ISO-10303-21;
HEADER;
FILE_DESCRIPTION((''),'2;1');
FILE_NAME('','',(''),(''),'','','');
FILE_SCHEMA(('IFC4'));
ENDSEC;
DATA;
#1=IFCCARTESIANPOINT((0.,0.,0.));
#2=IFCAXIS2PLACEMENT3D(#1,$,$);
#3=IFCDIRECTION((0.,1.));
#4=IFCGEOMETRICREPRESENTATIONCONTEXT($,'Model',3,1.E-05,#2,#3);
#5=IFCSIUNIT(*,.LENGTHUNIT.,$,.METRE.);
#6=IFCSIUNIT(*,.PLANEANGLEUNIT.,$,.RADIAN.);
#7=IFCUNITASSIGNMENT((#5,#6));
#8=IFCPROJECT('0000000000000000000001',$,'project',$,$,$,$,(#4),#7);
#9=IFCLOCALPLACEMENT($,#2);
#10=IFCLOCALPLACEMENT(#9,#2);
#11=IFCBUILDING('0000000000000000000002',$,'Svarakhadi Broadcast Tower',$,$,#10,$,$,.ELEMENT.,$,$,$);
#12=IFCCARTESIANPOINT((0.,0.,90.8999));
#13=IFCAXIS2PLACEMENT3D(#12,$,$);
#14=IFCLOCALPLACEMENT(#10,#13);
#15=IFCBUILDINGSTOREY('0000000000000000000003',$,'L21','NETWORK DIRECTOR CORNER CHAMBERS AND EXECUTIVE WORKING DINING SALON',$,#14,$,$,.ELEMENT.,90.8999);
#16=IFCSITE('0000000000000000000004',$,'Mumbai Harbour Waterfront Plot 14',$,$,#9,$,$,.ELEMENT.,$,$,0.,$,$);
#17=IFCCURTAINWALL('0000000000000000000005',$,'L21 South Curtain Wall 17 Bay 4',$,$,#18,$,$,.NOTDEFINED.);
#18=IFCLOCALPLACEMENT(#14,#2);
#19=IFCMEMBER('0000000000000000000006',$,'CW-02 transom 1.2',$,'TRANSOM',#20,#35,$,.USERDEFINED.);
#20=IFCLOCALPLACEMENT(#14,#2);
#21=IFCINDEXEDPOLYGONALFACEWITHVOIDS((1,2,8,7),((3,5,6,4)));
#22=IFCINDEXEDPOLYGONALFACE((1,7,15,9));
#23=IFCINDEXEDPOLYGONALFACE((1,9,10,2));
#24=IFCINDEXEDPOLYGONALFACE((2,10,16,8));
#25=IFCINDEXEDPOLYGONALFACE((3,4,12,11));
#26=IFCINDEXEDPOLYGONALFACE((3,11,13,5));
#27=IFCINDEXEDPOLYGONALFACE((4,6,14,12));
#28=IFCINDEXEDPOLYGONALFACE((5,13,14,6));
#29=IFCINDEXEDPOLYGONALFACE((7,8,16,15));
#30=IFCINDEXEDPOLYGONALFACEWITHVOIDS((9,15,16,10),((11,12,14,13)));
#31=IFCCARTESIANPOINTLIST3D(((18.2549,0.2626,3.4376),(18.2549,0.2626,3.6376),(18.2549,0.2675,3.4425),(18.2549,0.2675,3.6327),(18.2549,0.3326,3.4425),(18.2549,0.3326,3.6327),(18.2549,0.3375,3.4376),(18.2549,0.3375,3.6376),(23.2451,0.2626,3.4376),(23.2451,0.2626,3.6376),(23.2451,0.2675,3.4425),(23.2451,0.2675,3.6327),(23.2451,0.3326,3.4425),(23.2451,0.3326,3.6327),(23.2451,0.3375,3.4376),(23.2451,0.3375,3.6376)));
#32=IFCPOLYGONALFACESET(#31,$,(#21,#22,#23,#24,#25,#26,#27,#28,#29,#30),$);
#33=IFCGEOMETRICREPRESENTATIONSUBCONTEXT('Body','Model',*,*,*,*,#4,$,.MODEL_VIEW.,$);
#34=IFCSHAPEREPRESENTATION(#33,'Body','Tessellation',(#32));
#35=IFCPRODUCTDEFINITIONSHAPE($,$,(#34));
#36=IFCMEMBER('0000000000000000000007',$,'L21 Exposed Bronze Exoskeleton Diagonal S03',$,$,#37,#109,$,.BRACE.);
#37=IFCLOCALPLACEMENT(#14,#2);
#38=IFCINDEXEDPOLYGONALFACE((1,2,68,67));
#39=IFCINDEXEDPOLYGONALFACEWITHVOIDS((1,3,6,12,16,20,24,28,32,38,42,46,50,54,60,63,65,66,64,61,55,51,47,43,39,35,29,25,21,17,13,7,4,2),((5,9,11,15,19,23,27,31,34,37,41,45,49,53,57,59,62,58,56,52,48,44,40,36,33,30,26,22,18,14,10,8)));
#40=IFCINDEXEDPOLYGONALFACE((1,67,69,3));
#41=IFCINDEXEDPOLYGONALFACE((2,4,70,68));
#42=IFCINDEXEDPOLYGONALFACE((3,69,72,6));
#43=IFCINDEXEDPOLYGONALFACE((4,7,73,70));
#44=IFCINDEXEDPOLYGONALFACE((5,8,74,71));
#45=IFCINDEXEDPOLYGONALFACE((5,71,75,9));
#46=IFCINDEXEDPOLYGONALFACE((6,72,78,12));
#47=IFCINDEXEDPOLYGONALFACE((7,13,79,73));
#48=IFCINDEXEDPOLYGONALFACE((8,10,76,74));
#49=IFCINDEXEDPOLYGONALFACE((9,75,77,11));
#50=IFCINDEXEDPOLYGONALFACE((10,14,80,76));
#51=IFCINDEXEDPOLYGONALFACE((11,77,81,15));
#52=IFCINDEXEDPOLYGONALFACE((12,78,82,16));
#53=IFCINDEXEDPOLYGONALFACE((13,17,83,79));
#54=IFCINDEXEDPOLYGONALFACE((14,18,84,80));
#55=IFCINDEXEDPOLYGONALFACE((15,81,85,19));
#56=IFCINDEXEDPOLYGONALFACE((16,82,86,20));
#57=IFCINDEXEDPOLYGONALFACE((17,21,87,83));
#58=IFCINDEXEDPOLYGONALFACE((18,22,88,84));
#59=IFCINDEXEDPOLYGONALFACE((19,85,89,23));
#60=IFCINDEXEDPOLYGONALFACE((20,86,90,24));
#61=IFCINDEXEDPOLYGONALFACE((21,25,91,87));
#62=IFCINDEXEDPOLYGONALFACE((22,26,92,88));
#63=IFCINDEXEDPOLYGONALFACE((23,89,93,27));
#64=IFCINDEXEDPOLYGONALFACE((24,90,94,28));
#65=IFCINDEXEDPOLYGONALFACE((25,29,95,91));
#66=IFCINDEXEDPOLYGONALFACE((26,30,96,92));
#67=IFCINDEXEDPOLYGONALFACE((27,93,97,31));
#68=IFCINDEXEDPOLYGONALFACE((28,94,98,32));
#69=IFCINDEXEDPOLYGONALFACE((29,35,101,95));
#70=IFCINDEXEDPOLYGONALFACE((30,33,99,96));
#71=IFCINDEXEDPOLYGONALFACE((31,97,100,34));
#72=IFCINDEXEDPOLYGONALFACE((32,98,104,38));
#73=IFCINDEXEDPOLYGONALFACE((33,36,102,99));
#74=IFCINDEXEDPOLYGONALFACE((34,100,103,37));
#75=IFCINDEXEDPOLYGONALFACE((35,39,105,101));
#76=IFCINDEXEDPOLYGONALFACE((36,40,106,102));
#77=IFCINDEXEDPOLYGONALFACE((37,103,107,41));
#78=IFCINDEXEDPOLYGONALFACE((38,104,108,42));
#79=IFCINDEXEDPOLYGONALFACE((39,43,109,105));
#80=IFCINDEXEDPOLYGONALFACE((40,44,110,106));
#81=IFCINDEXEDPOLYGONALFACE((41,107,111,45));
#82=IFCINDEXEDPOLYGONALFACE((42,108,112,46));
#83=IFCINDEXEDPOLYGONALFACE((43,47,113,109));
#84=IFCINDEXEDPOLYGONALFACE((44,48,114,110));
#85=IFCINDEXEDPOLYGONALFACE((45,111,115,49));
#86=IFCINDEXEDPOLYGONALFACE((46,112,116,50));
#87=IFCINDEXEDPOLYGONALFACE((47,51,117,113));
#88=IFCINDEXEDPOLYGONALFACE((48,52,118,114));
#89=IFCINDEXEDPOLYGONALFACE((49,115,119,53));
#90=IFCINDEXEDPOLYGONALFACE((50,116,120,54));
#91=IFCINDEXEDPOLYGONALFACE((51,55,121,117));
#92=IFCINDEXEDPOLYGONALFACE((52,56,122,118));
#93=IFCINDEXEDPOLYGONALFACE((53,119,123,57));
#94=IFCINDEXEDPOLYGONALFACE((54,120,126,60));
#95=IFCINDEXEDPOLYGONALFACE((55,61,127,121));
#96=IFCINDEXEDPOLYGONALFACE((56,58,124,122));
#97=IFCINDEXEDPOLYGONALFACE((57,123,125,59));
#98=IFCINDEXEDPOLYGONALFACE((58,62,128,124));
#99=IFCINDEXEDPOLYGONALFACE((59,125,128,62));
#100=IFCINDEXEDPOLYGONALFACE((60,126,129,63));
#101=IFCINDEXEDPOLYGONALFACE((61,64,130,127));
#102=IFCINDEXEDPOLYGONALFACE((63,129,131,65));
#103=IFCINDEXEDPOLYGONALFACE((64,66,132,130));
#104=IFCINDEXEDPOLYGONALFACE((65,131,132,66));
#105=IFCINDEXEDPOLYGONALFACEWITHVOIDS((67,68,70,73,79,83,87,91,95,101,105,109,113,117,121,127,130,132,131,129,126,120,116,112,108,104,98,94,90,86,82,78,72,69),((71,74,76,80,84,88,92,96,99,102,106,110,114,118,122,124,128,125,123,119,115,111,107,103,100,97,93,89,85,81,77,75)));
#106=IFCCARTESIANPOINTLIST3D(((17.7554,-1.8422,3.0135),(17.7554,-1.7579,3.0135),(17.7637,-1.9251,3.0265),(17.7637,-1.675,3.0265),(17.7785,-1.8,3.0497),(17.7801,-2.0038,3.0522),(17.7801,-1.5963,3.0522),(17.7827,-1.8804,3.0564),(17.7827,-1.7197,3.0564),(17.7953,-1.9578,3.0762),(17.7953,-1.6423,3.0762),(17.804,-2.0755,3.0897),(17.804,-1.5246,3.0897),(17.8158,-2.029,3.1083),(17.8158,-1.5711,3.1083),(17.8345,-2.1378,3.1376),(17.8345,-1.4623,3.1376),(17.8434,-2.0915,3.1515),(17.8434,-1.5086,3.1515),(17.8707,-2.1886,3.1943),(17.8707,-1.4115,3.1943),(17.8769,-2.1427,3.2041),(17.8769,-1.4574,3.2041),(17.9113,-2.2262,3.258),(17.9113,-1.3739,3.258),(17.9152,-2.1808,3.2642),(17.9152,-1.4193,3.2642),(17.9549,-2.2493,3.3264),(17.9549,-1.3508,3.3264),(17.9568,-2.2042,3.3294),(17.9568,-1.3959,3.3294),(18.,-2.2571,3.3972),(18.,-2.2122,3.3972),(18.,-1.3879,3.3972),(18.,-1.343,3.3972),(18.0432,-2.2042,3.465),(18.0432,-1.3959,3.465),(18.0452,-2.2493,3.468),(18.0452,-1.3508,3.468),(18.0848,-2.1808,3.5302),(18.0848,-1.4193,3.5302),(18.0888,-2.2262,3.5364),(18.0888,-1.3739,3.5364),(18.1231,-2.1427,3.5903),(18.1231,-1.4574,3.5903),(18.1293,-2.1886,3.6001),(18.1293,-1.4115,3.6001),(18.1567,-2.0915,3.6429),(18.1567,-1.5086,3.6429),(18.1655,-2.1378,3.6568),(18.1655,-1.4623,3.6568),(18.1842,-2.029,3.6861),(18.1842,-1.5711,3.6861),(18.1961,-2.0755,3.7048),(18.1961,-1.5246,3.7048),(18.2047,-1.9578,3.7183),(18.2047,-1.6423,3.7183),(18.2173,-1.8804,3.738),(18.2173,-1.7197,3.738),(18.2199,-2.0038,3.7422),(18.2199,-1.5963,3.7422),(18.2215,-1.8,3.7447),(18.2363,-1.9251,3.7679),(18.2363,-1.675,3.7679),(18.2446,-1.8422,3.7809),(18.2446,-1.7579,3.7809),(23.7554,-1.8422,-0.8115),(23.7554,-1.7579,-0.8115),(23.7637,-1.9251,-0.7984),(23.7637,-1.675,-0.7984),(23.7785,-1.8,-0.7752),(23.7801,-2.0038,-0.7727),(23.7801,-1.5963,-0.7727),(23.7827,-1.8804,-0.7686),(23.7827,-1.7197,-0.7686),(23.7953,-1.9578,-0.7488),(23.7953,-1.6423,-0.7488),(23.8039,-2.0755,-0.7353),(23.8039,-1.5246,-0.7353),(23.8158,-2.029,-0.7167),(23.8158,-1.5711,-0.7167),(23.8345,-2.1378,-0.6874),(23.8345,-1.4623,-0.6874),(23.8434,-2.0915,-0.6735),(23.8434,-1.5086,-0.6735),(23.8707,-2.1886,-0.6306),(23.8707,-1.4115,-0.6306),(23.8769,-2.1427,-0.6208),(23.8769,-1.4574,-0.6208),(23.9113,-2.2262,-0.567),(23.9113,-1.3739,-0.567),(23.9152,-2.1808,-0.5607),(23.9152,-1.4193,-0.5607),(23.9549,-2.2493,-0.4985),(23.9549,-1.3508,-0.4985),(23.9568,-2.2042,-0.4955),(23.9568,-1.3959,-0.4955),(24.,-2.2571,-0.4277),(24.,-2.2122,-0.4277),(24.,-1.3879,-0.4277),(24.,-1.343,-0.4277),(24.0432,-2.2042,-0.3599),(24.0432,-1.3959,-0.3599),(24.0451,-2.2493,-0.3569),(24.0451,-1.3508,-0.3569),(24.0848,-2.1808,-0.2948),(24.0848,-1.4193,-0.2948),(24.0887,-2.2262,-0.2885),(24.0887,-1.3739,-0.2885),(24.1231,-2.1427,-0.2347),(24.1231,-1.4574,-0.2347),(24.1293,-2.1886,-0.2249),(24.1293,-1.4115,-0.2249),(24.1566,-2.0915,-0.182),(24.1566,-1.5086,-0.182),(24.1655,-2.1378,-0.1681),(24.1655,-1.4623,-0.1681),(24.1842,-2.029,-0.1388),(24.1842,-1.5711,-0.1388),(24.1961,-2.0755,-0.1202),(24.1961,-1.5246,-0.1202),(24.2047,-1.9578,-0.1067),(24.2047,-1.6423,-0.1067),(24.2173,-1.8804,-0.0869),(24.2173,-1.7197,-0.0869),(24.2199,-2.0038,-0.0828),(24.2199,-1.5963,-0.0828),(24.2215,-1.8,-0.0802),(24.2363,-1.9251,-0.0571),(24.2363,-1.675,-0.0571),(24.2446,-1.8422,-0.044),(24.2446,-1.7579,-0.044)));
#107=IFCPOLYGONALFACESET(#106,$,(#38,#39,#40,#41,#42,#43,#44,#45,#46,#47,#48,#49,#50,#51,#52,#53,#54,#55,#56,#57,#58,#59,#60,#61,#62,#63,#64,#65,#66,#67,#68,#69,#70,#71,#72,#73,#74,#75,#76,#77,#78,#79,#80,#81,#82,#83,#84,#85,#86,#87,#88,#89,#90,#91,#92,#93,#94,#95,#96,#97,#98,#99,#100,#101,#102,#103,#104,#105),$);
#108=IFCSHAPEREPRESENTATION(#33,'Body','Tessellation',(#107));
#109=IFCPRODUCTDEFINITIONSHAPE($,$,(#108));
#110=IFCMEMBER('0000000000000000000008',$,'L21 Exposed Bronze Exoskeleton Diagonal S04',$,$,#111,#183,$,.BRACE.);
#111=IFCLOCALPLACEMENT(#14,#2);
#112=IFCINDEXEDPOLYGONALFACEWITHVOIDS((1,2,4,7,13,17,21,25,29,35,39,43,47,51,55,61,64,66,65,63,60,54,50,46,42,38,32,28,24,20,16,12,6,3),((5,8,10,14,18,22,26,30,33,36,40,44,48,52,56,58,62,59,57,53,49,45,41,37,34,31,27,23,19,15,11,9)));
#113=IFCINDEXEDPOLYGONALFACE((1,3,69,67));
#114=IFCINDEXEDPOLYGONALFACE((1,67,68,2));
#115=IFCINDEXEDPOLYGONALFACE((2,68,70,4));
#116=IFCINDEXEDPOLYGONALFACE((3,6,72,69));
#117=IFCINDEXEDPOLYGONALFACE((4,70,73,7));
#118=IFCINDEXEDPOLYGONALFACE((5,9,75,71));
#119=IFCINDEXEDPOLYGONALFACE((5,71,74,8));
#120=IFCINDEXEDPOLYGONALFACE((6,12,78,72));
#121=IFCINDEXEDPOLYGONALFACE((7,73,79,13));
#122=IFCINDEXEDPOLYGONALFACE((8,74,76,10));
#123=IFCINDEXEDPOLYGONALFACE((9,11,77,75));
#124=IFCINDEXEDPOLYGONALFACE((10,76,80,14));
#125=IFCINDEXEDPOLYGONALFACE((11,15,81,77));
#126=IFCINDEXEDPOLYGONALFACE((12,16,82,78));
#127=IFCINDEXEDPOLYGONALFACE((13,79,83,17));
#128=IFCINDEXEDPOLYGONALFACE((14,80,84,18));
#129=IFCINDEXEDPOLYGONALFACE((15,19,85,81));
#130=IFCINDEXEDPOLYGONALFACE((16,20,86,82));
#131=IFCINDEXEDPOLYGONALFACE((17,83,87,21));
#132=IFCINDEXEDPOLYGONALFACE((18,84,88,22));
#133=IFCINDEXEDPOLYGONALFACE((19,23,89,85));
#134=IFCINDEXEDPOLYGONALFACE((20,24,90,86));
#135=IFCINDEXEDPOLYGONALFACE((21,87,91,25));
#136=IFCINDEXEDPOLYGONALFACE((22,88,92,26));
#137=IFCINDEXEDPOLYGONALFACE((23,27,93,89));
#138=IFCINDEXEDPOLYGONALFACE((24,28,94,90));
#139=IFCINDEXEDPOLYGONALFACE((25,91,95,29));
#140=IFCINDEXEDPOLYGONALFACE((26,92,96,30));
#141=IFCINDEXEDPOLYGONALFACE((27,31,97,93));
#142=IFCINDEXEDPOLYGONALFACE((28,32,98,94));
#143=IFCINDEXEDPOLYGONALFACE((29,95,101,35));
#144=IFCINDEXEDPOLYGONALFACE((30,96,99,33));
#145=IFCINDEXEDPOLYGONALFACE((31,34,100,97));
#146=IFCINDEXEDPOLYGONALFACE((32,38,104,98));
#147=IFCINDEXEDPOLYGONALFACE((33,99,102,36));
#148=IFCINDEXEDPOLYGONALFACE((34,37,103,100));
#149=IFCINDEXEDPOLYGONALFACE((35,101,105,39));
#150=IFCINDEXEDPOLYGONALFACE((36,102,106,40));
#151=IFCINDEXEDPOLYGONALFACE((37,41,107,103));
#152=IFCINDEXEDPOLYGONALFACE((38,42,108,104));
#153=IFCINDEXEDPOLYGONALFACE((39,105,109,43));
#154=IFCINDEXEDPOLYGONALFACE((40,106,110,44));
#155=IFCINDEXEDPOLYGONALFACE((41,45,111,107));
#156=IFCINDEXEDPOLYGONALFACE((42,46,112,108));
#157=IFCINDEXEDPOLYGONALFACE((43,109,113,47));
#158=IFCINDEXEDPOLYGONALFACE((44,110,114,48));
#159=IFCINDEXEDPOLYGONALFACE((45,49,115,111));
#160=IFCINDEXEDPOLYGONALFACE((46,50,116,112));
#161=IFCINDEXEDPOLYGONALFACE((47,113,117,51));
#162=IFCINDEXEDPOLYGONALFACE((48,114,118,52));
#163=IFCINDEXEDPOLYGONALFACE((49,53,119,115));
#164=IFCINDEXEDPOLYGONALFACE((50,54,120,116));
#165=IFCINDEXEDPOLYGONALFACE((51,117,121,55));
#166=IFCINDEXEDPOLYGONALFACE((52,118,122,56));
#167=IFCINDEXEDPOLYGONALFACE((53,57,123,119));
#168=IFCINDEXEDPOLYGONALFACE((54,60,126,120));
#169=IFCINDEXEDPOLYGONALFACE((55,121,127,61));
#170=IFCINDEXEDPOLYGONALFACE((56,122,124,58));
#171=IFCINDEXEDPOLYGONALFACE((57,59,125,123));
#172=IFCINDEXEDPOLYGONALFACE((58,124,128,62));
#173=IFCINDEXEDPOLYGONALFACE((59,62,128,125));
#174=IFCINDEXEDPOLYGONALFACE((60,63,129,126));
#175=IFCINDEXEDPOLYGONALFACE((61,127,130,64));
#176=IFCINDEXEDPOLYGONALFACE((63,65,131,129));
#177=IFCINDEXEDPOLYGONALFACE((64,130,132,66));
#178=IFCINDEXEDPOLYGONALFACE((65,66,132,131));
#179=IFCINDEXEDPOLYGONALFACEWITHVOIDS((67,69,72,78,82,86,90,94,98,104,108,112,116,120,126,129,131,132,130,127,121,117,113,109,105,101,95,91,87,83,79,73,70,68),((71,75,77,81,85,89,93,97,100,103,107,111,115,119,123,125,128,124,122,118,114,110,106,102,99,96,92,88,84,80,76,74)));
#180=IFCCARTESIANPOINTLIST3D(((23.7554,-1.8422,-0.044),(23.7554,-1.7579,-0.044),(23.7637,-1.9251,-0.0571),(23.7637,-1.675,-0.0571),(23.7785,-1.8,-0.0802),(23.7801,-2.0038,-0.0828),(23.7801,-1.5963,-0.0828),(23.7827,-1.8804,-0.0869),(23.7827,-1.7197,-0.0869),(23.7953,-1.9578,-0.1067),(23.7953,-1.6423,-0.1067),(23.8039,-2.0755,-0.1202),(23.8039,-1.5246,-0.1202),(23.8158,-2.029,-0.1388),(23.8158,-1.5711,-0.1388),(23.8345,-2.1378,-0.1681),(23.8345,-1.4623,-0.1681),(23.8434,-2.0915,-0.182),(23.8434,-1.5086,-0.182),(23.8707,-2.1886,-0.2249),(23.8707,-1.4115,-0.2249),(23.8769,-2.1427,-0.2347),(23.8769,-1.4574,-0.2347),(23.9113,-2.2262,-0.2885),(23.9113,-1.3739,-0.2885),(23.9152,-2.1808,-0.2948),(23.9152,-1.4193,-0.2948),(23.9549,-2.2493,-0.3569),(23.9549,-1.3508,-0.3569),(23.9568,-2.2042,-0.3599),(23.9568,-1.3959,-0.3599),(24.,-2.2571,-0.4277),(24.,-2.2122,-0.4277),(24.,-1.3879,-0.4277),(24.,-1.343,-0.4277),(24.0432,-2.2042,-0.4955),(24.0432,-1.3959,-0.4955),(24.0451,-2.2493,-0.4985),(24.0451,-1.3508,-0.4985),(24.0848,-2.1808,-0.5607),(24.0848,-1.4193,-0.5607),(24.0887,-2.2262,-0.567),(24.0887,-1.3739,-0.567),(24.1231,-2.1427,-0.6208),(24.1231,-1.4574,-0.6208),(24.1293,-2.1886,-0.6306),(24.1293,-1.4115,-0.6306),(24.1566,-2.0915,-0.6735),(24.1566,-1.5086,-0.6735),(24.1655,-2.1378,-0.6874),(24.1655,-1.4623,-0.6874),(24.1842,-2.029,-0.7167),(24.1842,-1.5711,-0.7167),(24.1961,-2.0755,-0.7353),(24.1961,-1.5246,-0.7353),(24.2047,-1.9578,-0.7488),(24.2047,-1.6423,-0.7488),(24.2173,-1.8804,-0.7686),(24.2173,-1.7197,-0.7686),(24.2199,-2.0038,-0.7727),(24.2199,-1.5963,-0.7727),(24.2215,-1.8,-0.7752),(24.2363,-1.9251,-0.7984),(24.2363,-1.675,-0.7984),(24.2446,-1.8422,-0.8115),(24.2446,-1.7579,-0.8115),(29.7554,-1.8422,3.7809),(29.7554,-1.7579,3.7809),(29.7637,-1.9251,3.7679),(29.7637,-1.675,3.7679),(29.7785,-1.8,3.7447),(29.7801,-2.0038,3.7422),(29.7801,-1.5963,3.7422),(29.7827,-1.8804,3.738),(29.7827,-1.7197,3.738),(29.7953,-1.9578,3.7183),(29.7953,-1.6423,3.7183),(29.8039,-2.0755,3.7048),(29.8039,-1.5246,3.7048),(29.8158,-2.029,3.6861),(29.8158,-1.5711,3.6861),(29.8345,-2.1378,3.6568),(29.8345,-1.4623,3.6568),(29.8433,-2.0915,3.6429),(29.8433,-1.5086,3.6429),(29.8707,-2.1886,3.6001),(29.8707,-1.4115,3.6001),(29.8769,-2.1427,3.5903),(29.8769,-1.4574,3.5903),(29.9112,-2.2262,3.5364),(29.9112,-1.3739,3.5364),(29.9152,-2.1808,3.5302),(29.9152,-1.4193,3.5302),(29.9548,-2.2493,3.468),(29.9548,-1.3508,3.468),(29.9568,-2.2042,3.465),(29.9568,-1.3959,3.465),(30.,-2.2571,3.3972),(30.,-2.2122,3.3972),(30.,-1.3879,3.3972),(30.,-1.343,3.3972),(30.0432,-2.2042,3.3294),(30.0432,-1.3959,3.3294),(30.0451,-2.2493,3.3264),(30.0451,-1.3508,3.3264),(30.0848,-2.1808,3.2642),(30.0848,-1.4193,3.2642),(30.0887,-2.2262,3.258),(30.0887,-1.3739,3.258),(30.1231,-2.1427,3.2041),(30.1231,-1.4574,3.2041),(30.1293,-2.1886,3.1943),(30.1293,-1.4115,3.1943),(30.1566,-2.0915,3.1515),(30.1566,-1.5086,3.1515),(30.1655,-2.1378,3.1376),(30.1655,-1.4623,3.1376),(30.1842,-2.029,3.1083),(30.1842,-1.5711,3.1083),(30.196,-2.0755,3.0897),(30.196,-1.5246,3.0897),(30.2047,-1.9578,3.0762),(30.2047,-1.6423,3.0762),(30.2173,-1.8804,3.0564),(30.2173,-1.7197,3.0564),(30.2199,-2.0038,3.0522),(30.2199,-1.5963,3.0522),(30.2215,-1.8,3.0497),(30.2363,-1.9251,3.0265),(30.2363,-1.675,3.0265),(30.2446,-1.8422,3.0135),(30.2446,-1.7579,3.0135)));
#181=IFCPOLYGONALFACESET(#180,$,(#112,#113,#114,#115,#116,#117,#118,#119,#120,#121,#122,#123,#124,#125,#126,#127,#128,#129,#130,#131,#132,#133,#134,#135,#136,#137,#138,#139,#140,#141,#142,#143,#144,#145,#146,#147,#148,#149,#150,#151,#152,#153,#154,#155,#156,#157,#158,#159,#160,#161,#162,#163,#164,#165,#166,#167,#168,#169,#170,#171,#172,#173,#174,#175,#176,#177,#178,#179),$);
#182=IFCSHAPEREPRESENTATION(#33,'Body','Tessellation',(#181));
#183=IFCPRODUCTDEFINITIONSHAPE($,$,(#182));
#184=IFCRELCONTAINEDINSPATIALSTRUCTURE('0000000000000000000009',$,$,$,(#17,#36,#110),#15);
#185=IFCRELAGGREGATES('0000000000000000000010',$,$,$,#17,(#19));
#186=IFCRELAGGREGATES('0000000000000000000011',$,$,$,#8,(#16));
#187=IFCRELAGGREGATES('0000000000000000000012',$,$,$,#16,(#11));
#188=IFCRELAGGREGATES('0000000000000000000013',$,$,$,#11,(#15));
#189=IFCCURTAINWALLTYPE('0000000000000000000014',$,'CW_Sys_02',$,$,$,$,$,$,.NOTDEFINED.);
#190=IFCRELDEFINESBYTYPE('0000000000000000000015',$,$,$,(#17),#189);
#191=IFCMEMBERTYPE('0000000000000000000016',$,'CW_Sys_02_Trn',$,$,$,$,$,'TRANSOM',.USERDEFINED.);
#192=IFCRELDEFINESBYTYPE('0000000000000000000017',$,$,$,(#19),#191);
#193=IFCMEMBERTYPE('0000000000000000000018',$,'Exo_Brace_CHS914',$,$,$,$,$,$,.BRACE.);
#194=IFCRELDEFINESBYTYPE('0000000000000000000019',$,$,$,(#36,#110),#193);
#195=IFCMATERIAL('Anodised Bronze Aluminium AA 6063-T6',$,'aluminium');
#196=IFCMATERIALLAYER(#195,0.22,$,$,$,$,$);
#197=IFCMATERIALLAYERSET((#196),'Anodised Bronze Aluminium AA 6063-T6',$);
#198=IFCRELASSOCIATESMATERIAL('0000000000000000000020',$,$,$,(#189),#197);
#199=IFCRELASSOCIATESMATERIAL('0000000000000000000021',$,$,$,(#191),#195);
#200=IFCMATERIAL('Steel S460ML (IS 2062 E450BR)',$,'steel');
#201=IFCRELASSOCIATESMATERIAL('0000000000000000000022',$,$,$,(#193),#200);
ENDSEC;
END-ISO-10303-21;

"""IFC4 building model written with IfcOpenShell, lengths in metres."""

from ifc_helpers import new_model, si_unit, direction, frame, origin, origin_2d, place, context, subcontext, project, spatial, hollow_rectangle, hollow_circle, extrude, material, layer, layer_set, material_profile, profile_set, type_object, element, aggregate, save


model = new_model("IFC4")

# Units and contexts
model_context = context("Model", 3, precision=1e-05, world=origin(), true_north=direction((0.0, 1.0)))
body_context = subcontext(model_context, "Body", "Model", "MODEL_VIEW")
ifc_project = project(units=[si_unit("LENGTHUNIT", "METRE"), si_unit("PLANEANGLEUNIT", "RADIAN")], contexts=[model_context])

# Site, building, storey
site_placement = place(None, origin())
site = spatial("IfcSite", under=ifc_project, at=site_placement, Name="Mumbai Harbour Waterfront Plot 14", CompositionType="ELEMENT", RefElevation=0.0)
building_placement = place(site_placement, origin())
building = spatial("IfcBuilding", under=site, at=building_placement, Name="Svarakhadi Broadcast Tower", CompositionType="ELEMENT")
storey_placement = place(building_placement, frame((0.0, 0.0, 90.8999)))
storey = spatial("IfcBuildingStorey", under=building, at=storey_placement, Name="L21", Description="NETWORK DIRECTOR CORNER CHAMBERS AND EXECUTIVE WORKING DINING SALON", CompositionType="ELEMENT", Elevation=90.8999)

# Shared definitions
ifc_material_1 = material(Name="Anodised Bronze Aluminium AA 6063-T6", Category="aluminium")
ifc_layer_1 = layer(ifc_material_1, 0.22)
ifc_layer_set_1 = layer_set([ifc_layer_1], Name="Anodised Bronze Aluminium AA 6063-T6")
curtain_wall_type = type_object("IfcCurtainWallType", Name="CW_Sys_02", PredefinedType="NOTDEFINED", material=ifc_layer_set_1)

# Curtain wall, member
curtain_wall_1_placement = place(storey_placement, origin())
curtain_wall_1 = element("IfcCurtainWall", 1, at=curtain_wall_1_placement, inside=storey, type_object=curtain_wall_type, Name="L21 South Curtain Wall 17 Bay 4", PredefinedType="NOTDEFINED")
ifc_material_profile_1 = material_profile(ifc_material_1, hollow_rectangle(XDim=0.075, YDim=0.2, WallThickness=0.0049, at=origin_2d()), Name="ALU TRANSOM 200x75x5")
ifc_profile_set_1 = profile_set([ifc_material_profile_1], Name="Anodised Bronze Aluminium AA 6063-T6")
member_type_1 = type_object("IfcMemberType", Name="CW_Sys_02_Trn", ElementType="TRANSOM", PredefinedType="USERDEFINED", material=ifc_profile_set_1)
member_1_placement = place(storey_placement, frame((23.2451, 0.3, 3.5376), z_axis=(-1.0, 0.0, 0.0), x_axis=(0.0, -1.0, 0.0)))
member_1 = element("IfcMember", 2, at=member_1_placement, type_object=member_type_1, Name="CW-02 transom 1.2", ObjectType="TRANSOM", PredefinedType="USERDEFINED", context=body_context, shape_type="SweptSolid", body=[
    extrude(hollow_rectangle(XDim=0.075, YDim=0.2, WallThickness=0.0049, at=origin_2d()), origin(), (0.0, 0.0, 1.0), 4.9902),
])

# Members
ifc_material_2 = material(Name="Steel S460ML (IS 2062 E450BR)", Category="steel")
ifc_material_profile_2 = material_profile(ifc_material_2, hollow_circle(Radius=0.457, WallThickness=0.0449, at=origin_2d()), Name="CHS 914x45")
ifc_profile_set_2 = profile_set([ifc_material_profile_2], Name="Steel S460ML (IS 2062 E450BR)")
member_type_2 = type_object("IfcMemberType", Name="Exo_Brace_CHS914", PredefinedType="BRACE", material=ifc_profile_set_2)
for number, where, z_axis, x_axis, name in (
    (3, (24.0, -1.8, -0.4277), (-0.84323, 0.0, 0.537552), (0.0, -1.0, 0.0), "L21 Exposed Bronze Exoskeleton Diagonal S03"),
    (4, (24.0, -1.8, -0.4277), (0.84323, 0.0, 0.537552), (0.0, 1.0, 0.0), "L21 Exposed Bronze Exoskeleton Diagonal S04"),
):
    element("IfcMember", number, at=place(storey_placement, frame(where, z_axis=z_axis, x_axis=x_axis)), inside=storey, type_object=member_type_2, Name=name, PredefinedType="BRACE", context=body_context, shape_type="SweptSolid", body=[
        extrude(hollow_circle(Radius=0.457, WallThickness=0.0449, at=origin_2d()), origin(), (0.0, 0.0, 1.0), 7.1155),
    ])

aggregate(curtain_wall_1, [member_1])

save(model, "model.ifc")
